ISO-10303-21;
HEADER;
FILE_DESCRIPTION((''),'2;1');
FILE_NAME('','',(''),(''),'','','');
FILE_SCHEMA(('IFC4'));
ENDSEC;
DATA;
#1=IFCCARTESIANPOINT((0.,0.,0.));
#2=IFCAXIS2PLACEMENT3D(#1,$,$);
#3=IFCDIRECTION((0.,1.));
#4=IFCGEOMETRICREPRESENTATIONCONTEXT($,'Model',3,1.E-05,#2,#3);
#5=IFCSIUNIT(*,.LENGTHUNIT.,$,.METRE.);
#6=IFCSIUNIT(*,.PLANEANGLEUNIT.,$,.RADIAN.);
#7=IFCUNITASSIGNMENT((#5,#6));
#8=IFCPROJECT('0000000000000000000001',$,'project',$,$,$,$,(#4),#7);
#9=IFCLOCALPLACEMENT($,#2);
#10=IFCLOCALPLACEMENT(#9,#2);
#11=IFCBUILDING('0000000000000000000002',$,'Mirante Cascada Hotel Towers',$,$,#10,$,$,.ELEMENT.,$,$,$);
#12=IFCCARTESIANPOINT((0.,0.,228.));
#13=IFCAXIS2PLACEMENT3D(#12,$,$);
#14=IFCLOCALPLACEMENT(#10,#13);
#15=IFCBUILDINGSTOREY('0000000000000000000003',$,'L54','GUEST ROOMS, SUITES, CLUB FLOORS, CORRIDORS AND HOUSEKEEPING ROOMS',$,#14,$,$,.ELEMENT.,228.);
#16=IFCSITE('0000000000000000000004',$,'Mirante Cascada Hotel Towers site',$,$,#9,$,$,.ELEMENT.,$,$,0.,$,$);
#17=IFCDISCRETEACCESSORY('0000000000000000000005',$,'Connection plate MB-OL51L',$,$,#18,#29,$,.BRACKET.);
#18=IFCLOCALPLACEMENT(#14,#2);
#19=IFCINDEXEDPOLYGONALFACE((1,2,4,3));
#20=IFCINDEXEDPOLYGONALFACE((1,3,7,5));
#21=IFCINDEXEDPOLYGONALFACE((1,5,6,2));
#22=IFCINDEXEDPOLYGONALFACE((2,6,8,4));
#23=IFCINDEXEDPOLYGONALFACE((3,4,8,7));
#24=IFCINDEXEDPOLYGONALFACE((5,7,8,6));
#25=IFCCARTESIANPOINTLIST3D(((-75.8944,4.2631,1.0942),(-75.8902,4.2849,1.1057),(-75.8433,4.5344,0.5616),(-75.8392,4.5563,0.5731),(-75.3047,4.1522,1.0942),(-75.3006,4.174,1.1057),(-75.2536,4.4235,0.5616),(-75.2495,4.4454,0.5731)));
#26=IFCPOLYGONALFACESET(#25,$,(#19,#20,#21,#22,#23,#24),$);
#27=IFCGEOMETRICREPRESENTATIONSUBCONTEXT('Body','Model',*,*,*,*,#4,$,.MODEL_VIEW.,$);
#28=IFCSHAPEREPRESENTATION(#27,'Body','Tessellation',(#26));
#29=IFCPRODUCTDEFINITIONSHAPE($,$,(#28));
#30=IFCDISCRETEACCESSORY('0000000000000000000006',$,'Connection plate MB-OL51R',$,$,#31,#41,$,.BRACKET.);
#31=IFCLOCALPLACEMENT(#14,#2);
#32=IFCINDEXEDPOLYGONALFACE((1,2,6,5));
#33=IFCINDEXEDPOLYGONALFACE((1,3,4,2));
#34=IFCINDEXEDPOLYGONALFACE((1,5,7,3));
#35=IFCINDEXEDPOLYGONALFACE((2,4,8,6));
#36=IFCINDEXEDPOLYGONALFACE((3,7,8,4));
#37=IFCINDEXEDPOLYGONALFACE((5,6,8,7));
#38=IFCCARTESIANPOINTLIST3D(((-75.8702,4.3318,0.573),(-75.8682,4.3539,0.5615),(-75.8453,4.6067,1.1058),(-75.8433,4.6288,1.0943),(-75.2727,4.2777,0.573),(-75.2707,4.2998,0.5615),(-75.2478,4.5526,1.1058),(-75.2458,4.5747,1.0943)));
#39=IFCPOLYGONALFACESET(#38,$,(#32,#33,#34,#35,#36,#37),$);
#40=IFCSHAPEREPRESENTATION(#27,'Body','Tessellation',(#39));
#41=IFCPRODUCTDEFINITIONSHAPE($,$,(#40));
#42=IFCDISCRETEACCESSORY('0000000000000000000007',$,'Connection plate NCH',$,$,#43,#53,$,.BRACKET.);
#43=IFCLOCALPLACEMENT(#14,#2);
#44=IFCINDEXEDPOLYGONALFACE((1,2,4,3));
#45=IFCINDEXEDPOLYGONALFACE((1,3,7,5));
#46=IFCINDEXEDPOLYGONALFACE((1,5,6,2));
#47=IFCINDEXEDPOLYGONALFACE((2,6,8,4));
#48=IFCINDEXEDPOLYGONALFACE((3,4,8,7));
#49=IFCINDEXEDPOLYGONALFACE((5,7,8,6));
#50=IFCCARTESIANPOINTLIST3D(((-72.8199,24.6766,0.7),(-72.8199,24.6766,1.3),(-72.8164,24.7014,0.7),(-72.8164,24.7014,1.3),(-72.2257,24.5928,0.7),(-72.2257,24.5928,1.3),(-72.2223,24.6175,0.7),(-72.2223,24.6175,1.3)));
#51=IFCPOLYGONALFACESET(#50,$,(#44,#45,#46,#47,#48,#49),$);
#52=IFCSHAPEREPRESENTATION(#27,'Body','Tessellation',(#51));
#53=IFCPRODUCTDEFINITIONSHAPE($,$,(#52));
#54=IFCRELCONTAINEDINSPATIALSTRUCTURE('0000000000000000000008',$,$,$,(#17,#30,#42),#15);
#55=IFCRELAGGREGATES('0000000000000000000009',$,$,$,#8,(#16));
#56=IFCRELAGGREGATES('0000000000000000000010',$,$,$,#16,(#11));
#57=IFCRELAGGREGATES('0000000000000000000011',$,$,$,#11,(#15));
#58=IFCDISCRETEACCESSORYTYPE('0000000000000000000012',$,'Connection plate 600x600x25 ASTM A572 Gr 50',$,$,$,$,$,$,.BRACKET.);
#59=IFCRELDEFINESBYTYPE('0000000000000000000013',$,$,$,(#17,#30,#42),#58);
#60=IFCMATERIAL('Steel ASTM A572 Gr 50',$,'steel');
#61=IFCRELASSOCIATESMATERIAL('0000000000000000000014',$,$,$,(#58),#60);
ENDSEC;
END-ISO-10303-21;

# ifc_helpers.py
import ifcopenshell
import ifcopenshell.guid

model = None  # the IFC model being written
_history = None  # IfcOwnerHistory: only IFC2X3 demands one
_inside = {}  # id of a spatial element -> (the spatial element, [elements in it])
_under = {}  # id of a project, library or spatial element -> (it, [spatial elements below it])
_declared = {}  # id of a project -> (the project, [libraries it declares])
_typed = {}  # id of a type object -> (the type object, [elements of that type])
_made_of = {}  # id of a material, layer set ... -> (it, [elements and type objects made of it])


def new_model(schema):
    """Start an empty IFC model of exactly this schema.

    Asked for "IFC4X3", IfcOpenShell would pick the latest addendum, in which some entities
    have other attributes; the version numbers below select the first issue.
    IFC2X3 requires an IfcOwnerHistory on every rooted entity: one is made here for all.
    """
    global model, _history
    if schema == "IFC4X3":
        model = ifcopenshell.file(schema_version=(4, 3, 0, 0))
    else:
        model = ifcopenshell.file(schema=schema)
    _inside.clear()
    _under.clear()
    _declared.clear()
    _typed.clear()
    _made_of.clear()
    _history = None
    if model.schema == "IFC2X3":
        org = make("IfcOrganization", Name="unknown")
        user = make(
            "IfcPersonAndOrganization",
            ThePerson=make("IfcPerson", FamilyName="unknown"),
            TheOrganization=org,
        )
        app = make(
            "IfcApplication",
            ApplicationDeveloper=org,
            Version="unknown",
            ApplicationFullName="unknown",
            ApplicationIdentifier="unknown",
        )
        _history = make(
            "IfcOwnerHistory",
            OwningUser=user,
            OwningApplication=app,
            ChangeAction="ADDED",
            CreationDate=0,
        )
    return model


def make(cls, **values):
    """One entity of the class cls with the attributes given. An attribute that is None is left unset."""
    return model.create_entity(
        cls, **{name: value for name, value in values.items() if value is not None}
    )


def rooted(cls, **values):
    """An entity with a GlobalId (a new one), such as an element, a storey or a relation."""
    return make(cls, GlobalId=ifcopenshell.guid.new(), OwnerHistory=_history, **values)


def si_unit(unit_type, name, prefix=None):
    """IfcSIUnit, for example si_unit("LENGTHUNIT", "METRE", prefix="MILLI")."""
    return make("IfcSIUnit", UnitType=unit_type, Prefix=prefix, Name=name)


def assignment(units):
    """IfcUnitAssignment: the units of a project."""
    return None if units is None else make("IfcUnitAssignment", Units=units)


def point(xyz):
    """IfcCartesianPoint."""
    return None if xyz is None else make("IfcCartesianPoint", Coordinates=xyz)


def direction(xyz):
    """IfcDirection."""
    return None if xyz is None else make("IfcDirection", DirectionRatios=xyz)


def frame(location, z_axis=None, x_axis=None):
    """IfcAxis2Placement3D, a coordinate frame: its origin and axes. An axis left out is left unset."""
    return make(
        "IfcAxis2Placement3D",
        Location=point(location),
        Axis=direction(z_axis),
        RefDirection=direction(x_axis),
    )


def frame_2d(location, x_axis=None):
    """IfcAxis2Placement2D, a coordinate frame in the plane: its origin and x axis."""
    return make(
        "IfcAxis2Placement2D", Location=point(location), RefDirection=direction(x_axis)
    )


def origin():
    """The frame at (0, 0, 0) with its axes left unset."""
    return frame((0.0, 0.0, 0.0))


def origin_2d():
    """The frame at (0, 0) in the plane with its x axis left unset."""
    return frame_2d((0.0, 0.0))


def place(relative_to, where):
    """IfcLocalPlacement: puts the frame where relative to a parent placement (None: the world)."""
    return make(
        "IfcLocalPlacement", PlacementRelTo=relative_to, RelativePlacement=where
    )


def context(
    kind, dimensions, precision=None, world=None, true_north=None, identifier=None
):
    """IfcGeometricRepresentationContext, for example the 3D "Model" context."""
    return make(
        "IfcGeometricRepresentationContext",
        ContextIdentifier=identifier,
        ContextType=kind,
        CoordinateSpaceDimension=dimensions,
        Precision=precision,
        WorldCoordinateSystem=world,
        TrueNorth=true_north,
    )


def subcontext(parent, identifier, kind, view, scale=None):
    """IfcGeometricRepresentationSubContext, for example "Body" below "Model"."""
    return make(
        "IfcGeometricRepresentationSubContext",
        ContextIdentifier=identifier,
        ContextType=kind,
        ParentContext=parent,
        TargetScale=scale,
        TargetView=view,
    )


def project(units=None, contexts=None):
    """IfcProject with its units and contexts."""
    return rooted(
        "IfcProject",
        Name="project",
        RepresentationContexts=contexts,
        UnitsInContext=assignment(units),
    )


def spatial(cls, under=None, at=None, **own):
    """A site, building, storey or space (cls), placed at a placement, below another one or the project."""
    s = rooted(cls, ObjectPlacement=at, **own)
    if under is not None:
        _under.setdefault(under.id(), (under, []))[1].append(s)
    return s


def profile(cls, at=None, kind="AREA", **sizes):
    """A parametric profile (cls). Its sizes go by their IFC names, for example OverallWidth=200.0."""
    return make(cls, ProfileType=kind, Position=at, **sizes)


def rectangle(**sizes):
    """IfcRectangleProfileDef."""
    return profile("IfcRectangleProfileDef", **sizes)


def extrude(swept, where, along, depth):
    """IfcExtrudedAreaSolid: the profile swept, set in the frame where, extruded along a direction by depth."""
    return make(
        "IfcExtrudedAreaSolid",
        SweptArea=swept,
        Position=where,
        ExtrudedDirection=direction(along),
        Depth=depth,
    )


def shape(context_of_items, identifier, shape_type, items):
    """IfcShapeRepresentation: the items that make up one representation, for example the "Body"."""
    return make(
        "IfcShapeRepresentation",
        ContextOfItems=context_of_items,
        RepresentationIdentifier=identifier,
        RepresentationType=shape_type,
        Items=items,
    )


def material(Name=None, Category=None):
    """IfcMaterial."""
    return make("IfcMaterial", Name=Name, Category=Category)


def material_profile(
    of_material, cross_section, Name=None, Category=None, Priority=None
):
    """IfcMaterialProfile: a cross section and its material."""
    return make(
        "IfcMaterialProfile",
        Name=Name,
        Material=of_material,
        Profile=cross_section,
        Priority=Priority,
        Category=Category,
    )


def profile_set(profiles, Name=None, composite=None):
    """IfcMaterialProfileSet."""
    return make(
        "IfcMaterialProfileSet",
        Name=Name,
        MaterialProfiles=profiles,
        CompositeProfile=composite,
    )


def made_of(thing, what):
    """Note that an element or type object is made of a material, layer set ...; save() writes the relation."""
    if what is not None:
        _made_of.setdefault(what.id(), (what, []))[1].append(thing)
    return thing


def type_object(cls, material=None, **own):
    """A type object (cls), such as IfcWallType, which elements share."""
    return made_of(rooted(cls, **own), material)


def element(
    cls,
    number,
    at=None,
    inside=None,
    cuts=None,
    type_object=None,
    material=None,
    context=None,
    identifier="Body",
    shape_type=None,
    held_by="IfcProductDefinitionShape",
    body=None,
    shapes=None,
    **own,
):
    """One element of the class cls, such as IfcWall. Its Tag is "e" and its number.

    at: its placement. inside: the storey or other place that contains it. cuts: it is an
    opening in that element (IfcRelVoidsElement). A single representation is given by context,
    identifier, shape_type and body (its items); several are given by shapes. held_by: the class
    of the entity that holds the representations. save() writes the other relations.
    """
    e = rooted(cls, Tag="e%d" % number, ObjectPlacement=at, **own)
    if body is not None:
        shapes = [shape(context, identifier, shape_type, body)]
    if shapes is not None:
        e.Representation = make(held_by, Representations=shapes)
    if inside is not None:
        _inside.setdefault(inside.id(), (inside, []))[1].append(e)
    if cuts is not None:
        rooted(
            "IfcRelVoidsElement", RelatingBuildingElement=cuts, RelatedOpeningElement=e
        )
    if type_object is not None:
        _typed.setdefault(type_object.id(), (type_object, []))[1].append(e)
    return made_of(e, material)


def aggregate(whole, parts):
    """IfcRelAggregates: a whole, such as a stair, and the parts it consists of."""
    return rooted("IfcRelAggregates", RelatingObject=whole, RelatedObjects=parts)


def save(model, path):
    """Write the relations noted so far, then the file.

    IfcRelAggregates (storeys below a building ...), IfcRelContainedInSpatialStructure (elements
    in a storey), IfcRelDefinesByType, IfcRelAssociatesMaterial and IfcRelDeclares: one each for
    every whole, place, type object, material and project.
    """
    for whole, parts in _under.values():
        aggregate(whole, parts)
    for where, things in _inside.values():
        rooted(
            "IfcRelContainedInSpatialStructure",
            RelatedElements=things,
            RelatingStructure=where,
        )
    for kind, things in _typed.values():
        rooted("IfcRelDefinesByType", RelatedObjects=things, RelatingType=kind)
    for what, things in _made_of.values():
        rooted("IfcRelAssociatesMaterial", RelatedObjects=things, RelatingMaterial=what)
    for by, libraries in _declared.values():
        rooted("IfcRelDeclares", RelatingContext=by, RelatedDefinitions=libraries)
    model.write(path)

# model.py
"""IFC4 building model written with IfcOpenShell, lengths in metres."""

from ifc_helpers import new_model, si_unit, direction, frame, origin, origin_2d, place, context, subcontext, project, spatial, rectangle, extrude, material, material_profile, profile_set, type_object, element, save


model = new_model("IFC4")

# Units and contexts
model_context = context("Model", 3, precision=1e-05, world=origin(), true_north=direction((0.0, 1.0)))
body_context = subcontext(model_context, "Body", "Model", "MODEL_VIEW")
ifc_project = project(units=[si_unit("LENGTHUNIT", "METRE"), si_unit("PLANEANGLEUNIT", "RADIAN")], contexts=[model_context])

# Site, building, storey
site_placement = place(None, origin())
site = spatial("IfcSite", under=ifc_project, at=site_placement, Name="Mirante Cascada Hotel Towers site", CompositionType="ELEMENT", RefElevation=0.0)
building_placement = place(site_placement, origin())
building = spatial("IfcBuilding", under=site, at=building_placement, Name="Mirante Cascada Hotel Towers", CompositionType="ELEMENT")
storey_placement = place(building_placement, frame((0.0, 0.0, 228.0)))
storey = spatial("IfcBuildingStorey", under=building, at=storey_placement, Name="L54", Description="GUEST ROOMS, SUITES, CLUB FLOORS, CORRIDORS AND HOUSEKEEPING ROOMS", CompositionType="ELEMENT", Elevation=228.0)

# Discrete accessories
ifc_material_1 = material(Name="Steel ASTM A572 Gr 50", Category="steel")
ifc_material_profile_1 = material_profile(ifc_material_1, rectangle(XDim=0.6, YDim=0.6, at=origin_2d()), Name="Connection plate 600x600x25 ASTM A572 Gr 50")
ifc_profile_set_1 = profile_set([ifc_material_profile_1], Name="Steel ASTM A572 Gr 50")
discrete_accessory_type = type_object("IfcDiscreteAccessoryType", Name="Connection plate 600x600x25 ASTM A572 Gr 50", PredefinedType="BRACKET", material=ifc_profile_set_1)
for number, where, z_axis, x_axis, name in (
    (1, (-75.574, 4.3433, 0.8279), (0.164092, 0.872489, 0.460258), (-0.98277, 0.184833, 0.0), "Connection plate MB-OL51L"),
    (2, (-75.557, 4.4643, 0.8279), (-0.080022, -0.88424, 0.460125), (0.99593, -0.090129, 0.0), "Connection plate MB-OL51R"),
    (3, (-72.5228, 24.6347, 1.0), (0.139744, 0.990188, 0.0), (-0.990188, 0.139744, 0.0), "Connection plate NCH"),
):
    element("IfcDiscreteAccessory", number, at=place(storey_placement, frame(where, z_axis=z_axis, x_axis=x_axis)), inside=storey, type_object=discrete_accessory_type, Name=name, PredefinedType="BRACKET", context=body_context, shape_type="SweptSolid", body=[
        extrude(rectangle(XDim=0.6, YDim=0.6, at=origin_2d()), origin(), (0.0, 0.0, 1.0), 0.025),
    ])

save(model, "model.ifc")
